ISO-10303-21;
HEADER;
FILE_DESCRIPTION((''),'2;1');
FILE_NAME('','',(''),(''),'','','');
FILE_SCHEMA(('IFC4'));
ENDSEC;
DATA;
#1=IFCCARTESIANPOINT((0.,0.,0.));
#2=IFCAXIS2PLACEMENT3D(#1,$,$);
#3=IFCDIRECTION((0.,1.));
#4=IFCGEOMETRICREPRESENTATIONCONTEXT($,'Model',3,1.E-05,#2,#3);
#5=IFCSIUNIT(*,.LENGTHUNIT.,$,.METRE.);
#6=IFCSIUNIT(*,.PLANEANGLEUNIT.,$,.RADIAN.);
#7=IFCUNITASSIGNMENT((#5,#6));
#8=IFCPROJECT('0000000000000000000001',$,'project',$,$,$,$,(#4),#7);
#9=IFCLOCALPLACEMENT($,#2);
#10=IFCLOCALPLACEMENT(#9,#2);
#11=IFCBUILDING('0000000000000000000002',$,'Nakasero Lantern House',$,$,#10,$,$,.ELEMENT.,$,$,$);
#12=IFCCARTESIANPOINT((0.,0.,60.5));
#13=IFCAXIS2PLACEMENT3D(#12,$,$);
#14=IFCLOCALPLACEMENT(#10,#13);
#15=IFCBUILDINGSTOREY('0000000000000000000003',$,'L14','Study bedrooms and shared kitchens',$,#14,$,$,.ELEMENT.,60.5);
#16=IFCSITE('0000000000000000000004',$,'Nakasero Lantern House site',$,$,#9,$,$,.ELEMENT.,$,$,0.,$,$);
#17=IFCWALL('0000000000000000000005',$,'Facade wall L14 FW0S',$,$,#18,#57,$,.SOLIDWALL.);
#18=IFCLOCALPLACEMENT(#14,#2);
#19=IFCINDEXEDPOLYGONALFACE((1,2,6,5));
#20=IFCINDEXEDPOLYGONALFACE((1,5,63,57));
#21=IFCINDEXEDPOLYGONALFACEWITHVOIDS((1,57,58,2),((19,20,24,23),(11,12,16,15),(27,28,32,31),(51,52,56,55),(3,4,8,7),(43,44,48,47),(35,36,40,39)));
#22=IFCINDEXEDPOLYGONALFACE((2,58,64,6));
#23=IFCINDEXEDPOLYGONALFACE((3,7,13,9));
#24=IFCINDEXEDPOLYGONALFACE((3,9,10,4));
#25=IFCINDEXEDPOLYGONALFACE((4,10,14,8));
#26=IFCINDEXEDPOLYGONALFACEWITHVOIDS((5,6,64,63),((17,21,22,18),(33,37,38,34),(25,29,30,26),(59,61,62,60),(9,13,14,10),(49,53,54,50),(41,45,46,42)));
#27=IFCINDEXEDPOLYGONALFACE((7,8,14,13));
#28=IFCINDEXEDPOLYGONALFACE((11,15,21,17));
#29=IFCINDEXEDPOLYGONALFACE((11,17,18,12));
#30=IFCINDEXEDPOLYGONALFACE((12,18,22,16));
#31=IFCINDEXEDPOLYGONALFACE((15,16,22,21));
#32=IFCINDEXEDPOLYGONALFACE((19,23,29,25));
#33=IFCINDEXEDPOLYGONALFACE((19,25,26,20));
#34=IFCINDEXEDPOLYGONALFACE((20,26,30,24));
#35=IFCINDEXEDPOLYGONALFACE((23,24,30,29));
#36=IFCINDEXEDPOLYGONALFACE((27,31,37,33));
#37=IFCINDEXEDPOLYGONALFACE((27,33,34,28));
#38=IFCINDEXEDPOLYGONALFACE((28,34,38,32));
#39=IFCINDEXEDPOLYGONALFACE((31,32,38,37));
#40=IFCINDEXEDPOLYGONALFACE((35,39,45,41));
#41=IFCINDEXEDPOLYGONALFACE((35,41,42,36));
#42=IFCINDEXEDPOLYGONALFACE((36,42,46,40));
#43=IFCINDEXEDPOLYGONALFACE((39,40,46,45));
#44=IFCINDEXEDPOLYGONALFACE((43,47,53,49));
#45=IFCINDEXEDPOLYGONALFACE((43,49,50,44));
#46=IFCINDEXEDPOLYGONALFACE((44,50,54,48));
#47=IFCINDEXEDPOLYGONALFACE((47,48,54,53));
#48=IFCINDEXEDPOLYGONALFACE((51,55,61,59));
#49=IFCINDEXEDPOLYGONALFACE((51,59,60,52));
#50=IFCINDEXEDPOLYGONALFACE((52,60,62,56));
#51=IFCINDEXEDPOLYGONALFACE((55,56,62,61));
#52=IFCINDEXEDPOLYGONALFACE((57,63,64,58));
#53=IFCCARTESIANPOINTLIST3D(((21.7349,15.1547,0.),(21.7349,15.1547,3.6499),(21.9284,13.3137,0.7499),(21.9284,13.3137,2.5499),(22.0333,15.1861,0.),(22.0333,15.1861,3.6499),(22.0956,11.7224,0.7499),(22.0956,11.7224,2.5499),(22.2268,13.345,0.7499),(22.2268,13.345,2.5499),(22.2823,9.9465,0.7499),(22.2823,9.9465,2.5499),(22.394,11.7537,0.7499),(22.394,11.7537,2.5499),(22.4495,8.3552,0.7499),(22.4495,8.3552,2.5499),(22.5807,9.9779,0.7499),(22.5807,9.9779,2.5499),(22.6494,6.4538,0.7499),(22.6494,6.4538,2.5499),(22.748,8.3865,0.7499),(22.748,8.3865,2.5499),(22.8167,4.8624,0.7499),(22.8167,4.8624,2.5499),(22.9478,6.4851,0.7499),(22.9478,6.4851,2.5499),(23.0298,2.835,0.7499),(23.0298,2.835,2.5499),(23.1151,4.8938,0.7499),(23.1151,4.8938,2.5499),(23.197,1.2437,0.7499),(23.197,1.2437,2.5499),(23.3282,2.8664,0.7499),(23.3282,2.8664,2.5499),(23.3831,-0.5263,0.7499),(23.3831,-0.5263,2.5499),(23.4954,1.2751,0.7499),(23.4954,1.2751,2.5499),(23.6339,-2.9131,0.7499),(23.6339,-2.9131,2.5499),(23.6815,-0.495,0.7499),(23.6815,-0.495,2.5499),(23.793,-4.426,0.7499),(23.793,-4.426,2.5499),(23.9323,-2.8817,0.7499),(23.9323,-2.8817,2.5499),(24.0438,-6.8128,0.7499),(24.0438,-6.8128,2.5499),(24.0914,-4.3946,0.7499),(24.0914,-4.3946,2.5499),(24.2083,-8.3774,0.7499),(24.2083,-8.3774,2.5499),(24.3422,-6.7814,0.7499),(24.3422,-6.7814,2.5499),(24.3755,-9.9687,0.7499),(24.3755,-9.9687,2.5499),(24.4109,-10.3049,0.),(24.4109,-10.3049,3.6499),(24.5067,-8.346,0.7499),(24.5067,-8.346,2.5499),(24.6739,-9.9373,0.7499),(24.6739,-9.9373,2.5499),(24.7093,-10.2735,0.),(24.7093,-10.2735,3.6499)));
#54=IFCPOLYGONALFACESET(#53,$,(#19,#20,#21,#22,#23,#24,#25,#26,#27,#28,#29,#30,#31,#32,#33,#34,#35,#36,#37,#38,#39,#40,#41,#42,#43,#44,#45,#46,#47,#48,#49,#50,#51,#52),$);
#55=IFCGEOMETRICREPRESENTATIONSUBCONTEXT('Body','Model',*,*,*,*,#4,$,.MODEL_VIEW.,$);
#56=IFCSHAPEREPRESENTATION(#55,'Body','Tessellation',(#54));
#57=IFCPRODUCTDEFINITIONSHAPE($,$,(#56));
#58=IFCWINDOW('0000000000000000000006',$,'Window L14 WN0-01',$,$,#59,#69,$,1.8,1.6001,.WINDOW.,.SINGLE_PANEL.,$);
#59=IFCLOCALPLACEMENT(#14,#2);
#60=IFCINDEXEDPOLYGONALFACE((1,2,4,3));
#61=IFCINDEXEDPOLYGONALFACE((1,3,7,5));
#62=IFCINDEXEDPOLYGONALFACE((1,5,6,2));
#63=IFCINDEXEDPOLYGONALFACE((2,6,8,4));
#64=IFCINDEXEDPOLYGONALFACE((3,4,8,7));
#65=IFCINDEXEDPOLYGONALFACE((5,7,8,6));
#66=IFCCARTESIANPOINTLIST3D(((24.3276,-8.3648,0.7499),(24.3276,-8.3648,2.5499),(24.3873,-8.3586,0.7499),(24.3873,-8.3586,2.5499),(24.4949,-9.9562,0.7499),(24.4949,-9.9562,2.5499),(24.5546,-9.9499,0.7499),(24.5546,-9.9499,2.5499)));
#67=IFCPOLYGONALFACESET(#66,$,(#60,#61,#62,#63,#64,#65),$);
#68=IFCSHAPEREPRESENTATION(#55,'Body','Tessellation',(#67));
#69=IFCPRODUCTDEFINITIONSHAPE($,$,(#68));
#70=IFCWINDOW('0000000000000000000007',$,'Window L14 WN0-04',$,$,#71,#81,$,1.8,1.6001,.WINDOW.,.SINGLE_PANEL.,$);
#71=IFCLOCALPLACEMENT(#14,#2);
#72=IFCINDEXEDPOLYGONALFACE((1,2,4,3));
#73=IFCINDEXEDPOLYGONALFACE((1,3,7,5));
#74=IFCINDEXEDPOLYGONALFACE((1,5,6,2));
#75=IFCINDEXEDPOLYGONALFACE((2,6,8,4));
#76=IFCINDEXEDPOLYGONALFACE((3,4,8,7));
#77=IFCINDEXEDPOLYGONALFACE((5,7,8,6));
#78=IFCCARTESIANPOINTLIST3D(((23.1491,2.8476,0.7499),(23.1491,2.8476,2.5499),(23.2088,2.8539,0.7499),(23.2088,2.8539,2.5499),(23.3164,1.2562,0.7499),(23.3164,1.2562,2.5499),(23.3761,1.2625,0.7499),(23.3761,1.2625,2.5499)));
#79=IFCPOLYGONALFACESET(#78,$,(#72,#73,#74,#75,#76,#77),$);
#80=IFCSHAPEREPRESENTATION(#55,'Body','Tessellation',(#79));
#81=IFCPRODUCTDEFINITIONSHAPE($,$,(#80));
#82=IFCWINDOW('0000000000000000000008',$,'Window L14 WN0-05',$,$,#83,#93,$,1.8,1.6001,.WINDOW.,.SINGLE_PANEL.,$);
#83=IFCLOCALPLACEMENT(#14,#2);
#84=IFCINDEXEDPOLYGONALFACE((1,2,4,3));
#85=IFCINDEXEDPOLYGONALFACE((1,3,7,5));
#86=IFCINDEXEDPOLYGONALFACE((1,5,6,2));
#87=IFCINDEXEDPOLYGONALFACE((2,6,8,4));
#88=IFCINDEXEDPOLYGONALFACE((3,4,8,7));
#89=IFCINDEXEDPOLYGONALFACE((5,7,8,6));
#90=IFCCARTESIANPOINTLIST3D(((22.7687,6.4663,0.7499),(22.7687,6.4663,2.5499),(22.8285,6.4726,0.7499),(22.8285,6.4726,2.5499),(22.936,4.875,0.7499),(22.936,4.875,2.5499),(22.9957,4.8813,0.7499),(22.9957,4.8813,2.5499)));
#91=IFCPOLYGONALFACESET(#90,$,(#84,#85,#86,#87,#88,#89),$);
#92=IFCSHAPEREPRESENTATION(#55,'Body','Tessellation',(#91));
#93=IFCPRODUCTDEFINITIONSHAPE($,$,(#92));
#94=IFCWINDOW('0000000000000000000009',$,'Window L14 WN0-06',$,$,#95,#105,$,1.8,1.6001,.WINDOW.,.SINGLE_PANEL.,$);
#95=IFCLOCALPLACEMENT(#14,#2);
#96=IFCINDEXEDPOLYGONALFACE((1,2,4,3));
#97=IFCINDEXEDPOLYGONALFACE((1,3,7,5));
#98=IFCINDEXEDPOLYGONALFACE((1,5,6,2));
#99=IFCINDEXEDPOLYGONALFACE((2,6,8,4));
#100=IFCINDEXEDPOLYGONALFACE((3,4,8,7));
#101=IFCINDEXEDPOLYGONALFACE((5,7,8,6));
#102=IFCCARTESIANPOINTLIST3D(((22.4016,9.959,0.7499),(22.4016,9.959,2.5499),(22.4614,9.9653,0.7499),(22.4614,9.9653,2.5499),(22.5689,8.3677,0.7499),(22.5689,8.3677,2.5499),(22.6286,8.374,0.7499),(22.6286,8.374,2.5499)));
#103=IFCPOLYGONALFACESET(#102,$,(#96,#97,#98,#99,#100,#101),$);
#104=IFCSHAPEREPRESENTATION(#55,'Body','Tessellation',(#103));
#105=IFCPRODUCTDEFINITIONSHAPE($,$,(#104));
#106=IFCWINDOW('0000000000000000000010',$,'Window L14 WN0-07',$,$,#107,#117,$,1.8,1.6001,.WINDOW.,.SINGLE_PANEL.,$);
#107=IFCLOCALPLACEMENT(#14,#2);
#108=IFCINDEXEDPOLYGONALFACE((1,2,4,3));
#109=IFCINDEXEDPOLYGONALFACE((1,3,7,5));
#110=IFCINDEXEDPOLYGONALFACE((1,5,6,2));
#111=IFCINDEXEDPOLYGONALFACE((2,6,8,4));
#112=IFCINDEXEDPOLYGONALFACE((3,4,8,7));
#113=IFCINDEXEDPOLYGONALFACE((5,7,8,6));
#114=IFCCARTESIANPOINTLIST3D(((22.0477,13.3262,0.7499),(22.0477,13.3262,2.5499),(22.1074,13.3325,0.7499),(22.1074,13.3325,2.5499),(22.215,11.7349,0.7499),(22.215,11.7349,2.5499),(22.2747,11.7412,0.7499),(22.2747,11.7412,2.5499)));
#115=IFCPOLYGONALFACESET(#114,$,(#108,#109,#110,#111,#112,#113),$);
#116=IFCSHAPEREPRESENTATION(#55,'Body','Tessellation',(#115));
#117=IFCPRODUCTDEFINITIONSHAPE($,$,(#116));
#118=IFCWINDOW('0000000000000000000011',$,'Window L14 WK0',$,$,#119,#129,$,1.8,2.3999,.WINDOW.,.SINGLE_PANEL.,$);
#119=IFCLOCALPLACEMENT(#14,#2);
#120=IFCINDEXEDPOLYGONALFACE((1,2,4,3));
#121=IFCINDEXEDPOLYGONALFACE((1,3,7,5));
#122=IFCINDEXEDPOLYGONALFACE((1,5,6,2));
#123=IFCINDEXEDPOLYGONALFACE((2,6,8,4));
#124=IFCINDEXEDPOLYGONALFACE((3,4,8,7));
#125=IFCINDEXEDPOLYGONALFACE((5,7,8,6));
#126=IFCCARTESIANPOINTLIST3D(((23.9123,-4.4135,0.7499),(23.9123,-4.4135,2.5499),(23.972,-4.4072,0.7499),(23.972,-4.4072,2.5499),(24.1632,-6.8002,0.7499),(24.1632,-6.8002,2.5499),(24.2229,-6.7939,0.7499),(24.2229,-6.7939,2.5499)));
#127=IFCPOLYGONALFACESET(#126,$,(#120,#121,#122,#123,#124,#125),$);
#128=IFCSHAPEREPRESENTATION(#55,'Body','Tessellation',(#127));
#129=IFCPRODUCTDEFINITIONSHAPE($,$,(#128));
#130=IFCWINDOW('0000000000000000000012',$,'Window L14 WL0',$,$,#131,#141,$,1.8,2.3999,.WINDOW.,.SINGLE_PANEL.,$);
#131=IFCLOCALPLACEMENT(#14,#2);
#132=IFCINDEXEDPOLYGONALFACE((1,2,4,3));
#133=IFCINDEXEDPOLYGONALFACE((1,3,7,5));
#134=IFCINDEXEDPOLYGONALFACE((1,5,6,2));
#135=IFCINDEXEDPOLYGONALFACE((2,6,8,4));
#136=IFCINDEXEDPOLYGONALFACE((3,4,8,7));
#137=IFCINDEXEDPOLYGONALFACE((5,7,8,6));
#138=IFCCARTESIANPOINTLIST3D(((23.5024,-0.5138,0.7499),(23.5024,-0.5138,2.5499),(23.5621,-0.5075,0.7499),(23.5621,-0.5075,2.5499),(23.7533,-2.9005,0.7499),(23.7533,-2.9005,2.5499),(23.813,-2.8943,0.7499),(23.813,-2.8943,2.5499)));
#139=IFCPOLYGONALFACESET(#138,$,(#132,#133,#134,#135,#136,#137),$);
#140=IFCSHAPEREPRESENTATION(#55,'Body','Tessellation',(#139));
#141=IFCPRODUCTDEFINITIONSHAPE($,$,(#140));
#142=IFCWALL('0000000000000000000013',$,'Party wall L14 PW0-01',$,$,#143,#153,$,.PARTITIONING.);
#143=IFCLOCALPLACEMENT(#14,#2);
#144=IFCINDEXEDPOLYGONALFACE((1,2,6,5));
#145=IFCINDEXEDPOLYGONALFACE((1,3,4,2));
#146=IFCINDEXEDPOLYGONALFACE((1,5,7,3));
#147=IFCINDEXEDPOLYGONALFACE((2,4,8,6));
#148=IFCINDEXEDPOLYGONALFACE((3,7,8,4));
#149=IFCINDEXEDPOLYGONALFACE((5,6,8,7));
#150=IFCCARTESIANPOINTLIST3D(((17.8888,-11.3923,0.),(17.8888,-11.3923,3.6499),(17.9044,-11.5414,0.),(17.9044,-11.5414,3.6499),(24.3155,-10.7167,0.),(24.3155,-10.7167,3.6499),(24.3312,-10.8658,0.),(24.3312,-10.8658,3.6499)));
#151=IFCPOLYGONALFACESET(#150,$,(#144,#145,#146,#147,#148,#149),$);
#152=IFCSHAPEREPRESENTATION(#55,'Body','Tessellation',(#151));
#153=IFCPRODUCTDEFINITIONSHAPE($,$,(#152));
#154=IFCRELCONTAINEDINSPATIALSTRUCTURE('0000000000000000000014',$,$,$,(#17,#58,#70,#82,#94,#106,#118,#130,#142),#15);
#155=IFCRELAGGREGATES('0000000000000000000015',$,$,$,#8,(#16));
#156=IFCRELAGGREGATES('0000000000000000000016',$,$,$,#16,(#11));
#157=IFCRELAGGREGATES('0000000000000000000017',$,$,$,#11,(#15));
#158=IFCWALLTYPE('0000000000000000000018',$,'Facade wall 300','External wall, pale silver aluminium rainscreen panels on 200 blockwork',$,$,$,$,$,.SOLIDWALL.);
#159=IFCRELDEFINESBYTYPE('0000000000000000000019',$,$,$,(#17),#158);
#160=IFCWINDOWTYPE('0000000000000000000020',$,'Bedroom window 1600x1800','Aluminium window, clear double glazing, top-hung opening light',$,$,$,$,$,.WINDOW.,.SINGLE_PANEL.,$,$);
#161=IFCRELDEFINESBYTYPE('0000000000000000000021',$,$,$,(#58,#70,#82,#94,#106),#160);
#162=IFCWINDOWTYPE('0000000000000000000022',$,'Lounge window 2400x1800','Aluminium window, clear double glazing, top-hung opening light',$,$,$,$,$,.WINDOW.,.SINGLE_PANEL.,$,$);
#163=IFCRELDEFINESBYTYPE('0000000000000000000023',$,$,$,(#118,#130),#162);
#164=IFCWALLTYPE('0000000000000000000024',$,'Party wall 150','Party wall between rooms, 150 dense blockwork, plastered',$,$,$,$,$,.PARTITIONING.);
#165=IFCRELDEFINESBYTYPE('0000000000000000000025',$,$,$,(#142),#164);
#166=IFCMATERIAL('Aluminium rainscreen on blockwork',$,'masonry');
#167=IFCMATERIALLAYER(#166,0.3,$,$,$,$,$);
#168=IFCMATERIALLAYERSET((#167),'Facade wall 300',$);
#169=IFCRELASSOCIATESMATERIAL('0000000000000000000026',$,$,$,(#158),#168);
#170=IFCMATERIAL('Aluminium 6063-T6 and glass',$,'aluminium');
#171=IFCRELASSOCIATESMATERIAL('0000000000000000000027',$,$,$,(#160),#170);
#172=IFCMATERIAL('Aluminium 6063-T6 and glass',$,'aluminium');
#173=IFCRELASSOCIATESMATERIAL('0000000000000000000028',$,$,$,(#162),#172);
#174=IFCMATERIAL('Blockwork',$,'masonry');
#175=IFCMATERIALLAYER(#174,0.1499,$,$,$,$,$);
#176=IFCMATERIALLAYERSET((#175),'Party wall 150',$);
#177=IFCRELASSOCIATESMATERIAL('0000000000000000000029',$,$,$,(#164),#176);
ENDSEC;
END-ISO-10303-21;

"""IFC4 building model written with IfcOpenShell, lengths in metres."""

from ifc_helpers import new_model, si_unit, direction, frame, frame_2d, origin, place, context, subcontext, project, spatial, rectangle, extrude, material, layer, layer_set, type_object, element, fill, save


model = new_model("IFC4")

# Units and contexts
model_context = context("Model", 3, precision=1e-05, world=origin(), true_north=direction((0.0, 1.0)))
body_context = subcontext(model_context, "Body", "Model", "MODEL_VIEW")
ifc_project = project(units=[si_unit("LENGTHUNIT", "METRE"), si_unit("PLANEANGLEUNIT", "RADIAN")], contexts=[model_context])

# Site, building, storey
site_placement = place(None, origin())
site = spatial("IfcSite", under=ifc_project, at=site_placement, Name="Nakasero Lantern House site", CompositionType="ELEMENT", RefElevation=0.0)
building_placement = place(site_placement, origin())
building = spatial("IfcBuilding", under=site, at=building_placement, Name="Nakasero Lantern House", CompositionType="ELEMENT")
storey_placement = place(building_placement, frame((0.0, 0.0, 60.5)))
storey = spatial("IfcBuildingStorey", under=building, at=storey_placement, Name="L14", Description="Study bedrooms and shared kitchens", CompositionType="ELEMENT", Elevation=60.5)

# Wall, openings, windows
ifc_material_1 = material(Name="Aluminium rainscreen on blockwork", Category="masonry")
ifc_layer_1 = layer(ifc_material_1, 0.3)
ifc_layer_set_1 = layer_set([ifc_layer_1], Name="Facade wall 300")
wall_type_1 = type_object("IfcWallType", Name="Facade wall 300", Description="External wall, pale silver aluminium rainscreen panels on 200 blockwork", PredefinedType="SOLIDWALL", material=ifc_layer_set_1)
wall_1_placement = place(storey_placement, frame((24.5601, -10.2891, 0.0), z_axis=(0.0, 0.0, 1.0), x_axis=(-0.104532, 0.994521, 0.0)))
wall_1 = element("IfcWall", 1, at=wall_1_placement, inside=storey, type_object=wall_type_1, Name="Facade wall L14 FW0S", PredefinedType="SOLIDWALL", context=body_context, shape_type="SweptSolid", body=[
    extrude(rectangle(XDim=25.5999, YDim=0.3, at=frame_2d((12.7998, 0.0))), origin(), (0.0, 0.0, 1.0), 3.6499),
])
opening_1_placement = place(wall_1_placement, frame((0.3379, 0.0, 0.75)))
opening_1 = element("IfcOpeningElement", 2, at=opening_1_placement, cuts=wall_1, PredefinedType="OPENING", context=body_context, shape_type="SweptSolid", body=[
    extrude(rectangle(XDim=1.6001, YDim=1.8, at=frame_2d((0.8, 0.8999))), frame((0.0, 0.1699, 0.0), z_axis=(0.0, -1.0, 0.0), x_axis=(1.0, 0.0, 0.0)), (0.0, 0.0, 1.0), 0.3401),
])
opening_2_placement = place(wall_1_placement, frame((11.6121, 0.0, 0.75)))
opening_2 = element("IfcOpeningElement", 3, at=opening_2_placement, cuts=wall_1, PredefinedType="OPENING", context=body_context, shape_type="SweptSolid", body=[
    extrude(rectangle(XDim=1.6001, YDim=1.8, at=frame_2d((0.8, 0.8999))), frame((0.0, 0.1699, 0.0), z_axis=(0.0, -1.0, 0.0), x_axis=(1.0, 0.0, 0.0)), (0.0, 0.0, 1.0), 0.3401),
])
opening_3_placement = place(wall_1_placement, frame((15.2507, 0.0, 0.75)))
opening_3 = element("IfcOpeningElement", 4, at=opening_3_placement, cuts=wall_1, PredefinedType="OPENING", context=body_context, shape_type="SweptSolid", body=[
    extrude(rectangle(XDim=1.6001, YDim=1.8, at=frame_2d((0.8, 0.8999))), frame((0.0, 0.1699, 0.0), z_axis=(0.0, -1.0, 0.0), x_axis=(1.0, 0.0, 0.0)), (0.0, 0.0, 1.0), 0.3401),
])
opening_4_placement = place(wall_1_placement, frame((18.7627, 0.0, 0.75)))
opening_4 = element("IfcOpeningElement", 5, at=opening_4_placement, cuts=wall_1, PredefinedType="OPENING", context=body_context, shape_type="SweptSolid", body=[
    extrude(rectangle(XDim=1.6001, YDim=1.8, at=frame_2d((0.8, 0.8999))), frame((0.0, 0.1699, 0.0), z_axis=(0.0, -1.0, 0.0), x_axis=(1.0, 0.0, 0.0)), (0.0, 0.0, 1.0), 0.3401),
])
opening_5_placement = place(wall_1_placement, frame((22.1484, 0.0, 0.75)))
opening_5 = element("IfcOpeningElement", 6, at=opening_5_placement, cuts=wall_1, PredefinedType="OPENING", context=body_context, shape_type="SweptSolid", body=[
    extrude(rectangle(XDim=1.6001, YDim=1.8, at=frame_2d((0.8, 0.8999))), frame((0.0, 0.1699, 0.0), z_axis=(0.0, -1.0, 0.0), x_axis=(1.0, 0.0, 0.0)), (0.0, 0.0, 1.0), 0.3401),
])
opening_6_placement = place(wall_1_placement, frame((3.5112, 0.0, 0.75)))
opening_6 = element("IfcOpeningElement", 7, at=opening_6_placement, cuts=wall_1, PredefinedType="OPENING", context=body_context, shape_type="SweptSolid", body=[
    extrude(rectangle(XDim=2.3999, YDim=1.8, at=frame_2d((1.2, 0.8999))), frame((0.0, 0.1699, 0.0), z_axis=(0.0, -1.0, 0.0), x_axis=(1.0, 0.0, 0.0)), (0.0, 0.0, 1.0), 0.3401),
])
opening_7_placement = place(wall_1_placement, frame((7.4324, 0.0, 0.75)))
opening_7 = element("IfcOpeningElement", 8, at=opening_7_placement, cuts=wall_1, PredefinedType="OPENING", context=body_context, shape_type="SweptSolid", body=[
    extrude(rectangle(XDim=2.3999, YDim=1.8, at=frame_2d((1.2, 0.8999))), frame((0.0, 0.1699, 0.0), z_axis=(0.0, -1.0, 0.0), x_axis=(1.0, 0.0, 0.0)), (0.0, 0.0, 1.0), 0.3401),
])
ifc_material_2 = material(Name="Aluminium 6063-T6 and glass", Category="aluminium")
window_type_1 = type_object("IfcWindowType", Name="Bedroom window 1600x1800", Description="Aluminium window, clear double glazing, top-hung opening light", PartitioningType="SINGLE_PANEL", PredefinedType="WINDOW", material=ifc_material_2)
window_1_placement = place(opening_1_placement, origin())
window_1 = element("IfcWindow", 9, at=window_1_placement, inside=storey, type_object=window_type_1, Name="Window L14 WN0-01", OverallHeight=1.8, OverallWidth=1.6001, PartitioningType="SINGLE_PANEL", PredefinedType="WINDOW", context=body_context, shape_type="SweptSolid", body=[
    extrude(rectangle(XDim=1.6001, YDim=1.8, at=frame_2d((0.8, 0.8999))), frame((0.0, 0.03, 0.0), z_axis=(0.0, -1.0, 0.0), x_axis=(1.0, 0.0, 0.0)), (0.0, 0.0, 1.0), 0.0601),
])
fill(opening_1, window_1)
window_2_placement = place(opening_2_placement, origin())
window_2 = element("IfcWindow", 10, at=window_2_placement, inside=storey, type_object=window_type_1, Name="Window L14 WN0-04", OverallHeight=1.8, OverallWidth=1.6001, PartitioningType="SINGLE_PANEL", PredefinedType="WINDOW", context=body_context, shape_type="SweptSolid", body=[
    extrude(rectangle(XDim=1.6001, YDim=1.8, at=frame_2d((0.8, 0.8999))), frame((0.0, 0.03, 0.0), z_axis=(0.0, -1.0, 0.0), x_axis=(1.0, 0.0, 0.0)), (0.0, 0.0, 1.0), 0.0601),
])
fill(opening_2, window_2)
window_3_placement = place(opening_3_placement, origin())
window_3 = element("IfcWindow", 11, at=window_3_placement, inside=storey, type_object=window_type_1, Name="Window L14 WN0-05", OverallHeight=1.8, OverallWidth=1.6001, PartitioningType="SINGLE_PANEL", PredefinedType="WINDOW", context=body_context, shape_type="SweptSolid", body=[
    extrude(rectangle(XDim=1.6001, YDim=1.8, at=frame_2d((0.8, 0.8999))), frame((0.0, 0.03, 0.0), z_axis=(0.0, -1.0, 0.0), x_axis=(1.0, 0.0, 0.0)), (0.0, 0.0, 1.0), 0.0601),
])
fill(opening_3, window_3)
window_4_placement = place(opening_4_placement, origin())
window_4 = element("IfcWindow", 12, at=window_4_placement, inside=storey, type_object=window_type_1, Name="Window L14 WN0-06", OverallHeight=1.8, OverallWidth=1.6001, PartitioningType="SINGLE_PANEL", PredefinedType="WINDOW", context=body_context, shape_type="SweptSolid", body=[
    extrude(rectangle(XDim=1.6001, YDim=1.8, at=frame_2d((0.8, 0.8999))), frame((0.0, 0.03, 0.0), z_axis=(0.0, -1.0, 0.0), x_axis=(1.0, 0.0, 0.0)), (0.0, 0.0, 1.0), 0.0601),
])
fill(opening_4, window_4)
window_5_placement = place(opening_5_placement, origin())
window_5 = element("IfcWindow", 13, at=window_5_placement, inside=storey, type_object=window_type_1, Name="Window L14 WN0-07", OverallHeight=1.8, OverallWidth=1.6001, PartitioningType="SINGLE_PANEL", PredefinedType="WINDOW", context=body_context, shape_type="SweptSolid", body=[
    extrude(rectangle(XDim=1.6001, YDim=1.8, at=frame_2d((0.8, 0.8999))), frame((0.0, 0.03, 0.0), z_axis=(0.0, -1.0, 0.0), x_axis=(1.0, 0.0, 0.0)), (0.0, 0.0, 1.0), 0.0601),
])
fill(opening_5, window_5)
ifc_material_3 = material(Name="Aluminium 6063-T6 and glass", Category="aluminium")
window_type_2 = type_object("IfcWindowType", Name="Lounge window 2400x1800", Description="Aluminium window, clear double glazing, top-hung opening light", PartitioningType="SINGLE_PANEL", PredefinedType="WINDOW", material=ifc_material_3)
window_6_placement = place(opening_6_placement, origin())
window_6 = element("IfcWindow", 14, at=window_6_placement, inside=storey, type_object=window_type_2, Name="Window L14 WK0", OverallHeight=1.8, OverallWidth=2.3999, PartitioningType="SINGLE_PANEL", PredefinedType="WINDOW", context=body_context, shape_type="SweptSolid", body=[
    extrude(rectangle(XDim=2.3999, YDim=1.8, at=frame_2d((1.2, 0.8999))), frame((0.0, 0.03, 0.0), z_axis=(0.0, -1.0, 0.0), x_axis=(1.0, 0.0, 0.0)), (0.0, 0.0, 1.0), 0.0601),
])
fill(opening_6, window_6)
window_7_placement = place(opening_7_placement, origin())
window_7 = element("IfcWindow", 15, at=window_7_placement, inside=storey, type_object=window_type_2, Name="Window L14 WL0", OverallHeight=1.8, OverallWidth=2.3999, PartitioningType="SINGLE_PANEL", PredefinedType="WINDOW", context=body_context, shape_type="SweptSolid", body=[
    extrude(rectangle(XDim=2.3999, YDim=1.8, at=frame_2d((1.2, 0.8999))), frame((0.0, 0.03, 0.0), z_axis=(0.0, -1.0, 0.0), x_axis=(1.0, 0.0, 0.0)), (0.0, 0.0, 1.0), 0.0601),
])
fill(opening_7, window_7)

# Wall
ifc_material_4 = material(Name="Blockwork", Category="masonry")
ifc_layer_2 = layer(ifc_material_4, 0.1499)
ifc_layer_set_2 = layer_set([ifc_layer_2], Name="Party wall 150")
wall_type_2 = type_object("IfcWallType", Name="Party wall 150", Description="Party wall between rooms, 150 dense blockwork, plastered", PredefinedType="PARTITIONING", material=ifc_layer_set_2)
wall_2_placement = place(storey_placement, frame((17.8967, -11.4668, 0.0), z_axis=(0.0, 0.0, 1.0), x_axis=(0.994521, 0.104537, 0.0)))
element("IfcWall", 16, at=wall_2_placement, inside=storey, type_object=wall_type_2, Name="Party wall L14 PW0-01", PredefinedType="PARTITIONING", context=body_context, shape_type="SweptSolid", body=[
    extrude(rectangle(XDim=6.4622, YDim=0.1499, at=frame_2d((3.231, 0.0))), origin(), (0.0, 0.0, 1.0), 3.6499),
])

save(model, "model.ifc")
